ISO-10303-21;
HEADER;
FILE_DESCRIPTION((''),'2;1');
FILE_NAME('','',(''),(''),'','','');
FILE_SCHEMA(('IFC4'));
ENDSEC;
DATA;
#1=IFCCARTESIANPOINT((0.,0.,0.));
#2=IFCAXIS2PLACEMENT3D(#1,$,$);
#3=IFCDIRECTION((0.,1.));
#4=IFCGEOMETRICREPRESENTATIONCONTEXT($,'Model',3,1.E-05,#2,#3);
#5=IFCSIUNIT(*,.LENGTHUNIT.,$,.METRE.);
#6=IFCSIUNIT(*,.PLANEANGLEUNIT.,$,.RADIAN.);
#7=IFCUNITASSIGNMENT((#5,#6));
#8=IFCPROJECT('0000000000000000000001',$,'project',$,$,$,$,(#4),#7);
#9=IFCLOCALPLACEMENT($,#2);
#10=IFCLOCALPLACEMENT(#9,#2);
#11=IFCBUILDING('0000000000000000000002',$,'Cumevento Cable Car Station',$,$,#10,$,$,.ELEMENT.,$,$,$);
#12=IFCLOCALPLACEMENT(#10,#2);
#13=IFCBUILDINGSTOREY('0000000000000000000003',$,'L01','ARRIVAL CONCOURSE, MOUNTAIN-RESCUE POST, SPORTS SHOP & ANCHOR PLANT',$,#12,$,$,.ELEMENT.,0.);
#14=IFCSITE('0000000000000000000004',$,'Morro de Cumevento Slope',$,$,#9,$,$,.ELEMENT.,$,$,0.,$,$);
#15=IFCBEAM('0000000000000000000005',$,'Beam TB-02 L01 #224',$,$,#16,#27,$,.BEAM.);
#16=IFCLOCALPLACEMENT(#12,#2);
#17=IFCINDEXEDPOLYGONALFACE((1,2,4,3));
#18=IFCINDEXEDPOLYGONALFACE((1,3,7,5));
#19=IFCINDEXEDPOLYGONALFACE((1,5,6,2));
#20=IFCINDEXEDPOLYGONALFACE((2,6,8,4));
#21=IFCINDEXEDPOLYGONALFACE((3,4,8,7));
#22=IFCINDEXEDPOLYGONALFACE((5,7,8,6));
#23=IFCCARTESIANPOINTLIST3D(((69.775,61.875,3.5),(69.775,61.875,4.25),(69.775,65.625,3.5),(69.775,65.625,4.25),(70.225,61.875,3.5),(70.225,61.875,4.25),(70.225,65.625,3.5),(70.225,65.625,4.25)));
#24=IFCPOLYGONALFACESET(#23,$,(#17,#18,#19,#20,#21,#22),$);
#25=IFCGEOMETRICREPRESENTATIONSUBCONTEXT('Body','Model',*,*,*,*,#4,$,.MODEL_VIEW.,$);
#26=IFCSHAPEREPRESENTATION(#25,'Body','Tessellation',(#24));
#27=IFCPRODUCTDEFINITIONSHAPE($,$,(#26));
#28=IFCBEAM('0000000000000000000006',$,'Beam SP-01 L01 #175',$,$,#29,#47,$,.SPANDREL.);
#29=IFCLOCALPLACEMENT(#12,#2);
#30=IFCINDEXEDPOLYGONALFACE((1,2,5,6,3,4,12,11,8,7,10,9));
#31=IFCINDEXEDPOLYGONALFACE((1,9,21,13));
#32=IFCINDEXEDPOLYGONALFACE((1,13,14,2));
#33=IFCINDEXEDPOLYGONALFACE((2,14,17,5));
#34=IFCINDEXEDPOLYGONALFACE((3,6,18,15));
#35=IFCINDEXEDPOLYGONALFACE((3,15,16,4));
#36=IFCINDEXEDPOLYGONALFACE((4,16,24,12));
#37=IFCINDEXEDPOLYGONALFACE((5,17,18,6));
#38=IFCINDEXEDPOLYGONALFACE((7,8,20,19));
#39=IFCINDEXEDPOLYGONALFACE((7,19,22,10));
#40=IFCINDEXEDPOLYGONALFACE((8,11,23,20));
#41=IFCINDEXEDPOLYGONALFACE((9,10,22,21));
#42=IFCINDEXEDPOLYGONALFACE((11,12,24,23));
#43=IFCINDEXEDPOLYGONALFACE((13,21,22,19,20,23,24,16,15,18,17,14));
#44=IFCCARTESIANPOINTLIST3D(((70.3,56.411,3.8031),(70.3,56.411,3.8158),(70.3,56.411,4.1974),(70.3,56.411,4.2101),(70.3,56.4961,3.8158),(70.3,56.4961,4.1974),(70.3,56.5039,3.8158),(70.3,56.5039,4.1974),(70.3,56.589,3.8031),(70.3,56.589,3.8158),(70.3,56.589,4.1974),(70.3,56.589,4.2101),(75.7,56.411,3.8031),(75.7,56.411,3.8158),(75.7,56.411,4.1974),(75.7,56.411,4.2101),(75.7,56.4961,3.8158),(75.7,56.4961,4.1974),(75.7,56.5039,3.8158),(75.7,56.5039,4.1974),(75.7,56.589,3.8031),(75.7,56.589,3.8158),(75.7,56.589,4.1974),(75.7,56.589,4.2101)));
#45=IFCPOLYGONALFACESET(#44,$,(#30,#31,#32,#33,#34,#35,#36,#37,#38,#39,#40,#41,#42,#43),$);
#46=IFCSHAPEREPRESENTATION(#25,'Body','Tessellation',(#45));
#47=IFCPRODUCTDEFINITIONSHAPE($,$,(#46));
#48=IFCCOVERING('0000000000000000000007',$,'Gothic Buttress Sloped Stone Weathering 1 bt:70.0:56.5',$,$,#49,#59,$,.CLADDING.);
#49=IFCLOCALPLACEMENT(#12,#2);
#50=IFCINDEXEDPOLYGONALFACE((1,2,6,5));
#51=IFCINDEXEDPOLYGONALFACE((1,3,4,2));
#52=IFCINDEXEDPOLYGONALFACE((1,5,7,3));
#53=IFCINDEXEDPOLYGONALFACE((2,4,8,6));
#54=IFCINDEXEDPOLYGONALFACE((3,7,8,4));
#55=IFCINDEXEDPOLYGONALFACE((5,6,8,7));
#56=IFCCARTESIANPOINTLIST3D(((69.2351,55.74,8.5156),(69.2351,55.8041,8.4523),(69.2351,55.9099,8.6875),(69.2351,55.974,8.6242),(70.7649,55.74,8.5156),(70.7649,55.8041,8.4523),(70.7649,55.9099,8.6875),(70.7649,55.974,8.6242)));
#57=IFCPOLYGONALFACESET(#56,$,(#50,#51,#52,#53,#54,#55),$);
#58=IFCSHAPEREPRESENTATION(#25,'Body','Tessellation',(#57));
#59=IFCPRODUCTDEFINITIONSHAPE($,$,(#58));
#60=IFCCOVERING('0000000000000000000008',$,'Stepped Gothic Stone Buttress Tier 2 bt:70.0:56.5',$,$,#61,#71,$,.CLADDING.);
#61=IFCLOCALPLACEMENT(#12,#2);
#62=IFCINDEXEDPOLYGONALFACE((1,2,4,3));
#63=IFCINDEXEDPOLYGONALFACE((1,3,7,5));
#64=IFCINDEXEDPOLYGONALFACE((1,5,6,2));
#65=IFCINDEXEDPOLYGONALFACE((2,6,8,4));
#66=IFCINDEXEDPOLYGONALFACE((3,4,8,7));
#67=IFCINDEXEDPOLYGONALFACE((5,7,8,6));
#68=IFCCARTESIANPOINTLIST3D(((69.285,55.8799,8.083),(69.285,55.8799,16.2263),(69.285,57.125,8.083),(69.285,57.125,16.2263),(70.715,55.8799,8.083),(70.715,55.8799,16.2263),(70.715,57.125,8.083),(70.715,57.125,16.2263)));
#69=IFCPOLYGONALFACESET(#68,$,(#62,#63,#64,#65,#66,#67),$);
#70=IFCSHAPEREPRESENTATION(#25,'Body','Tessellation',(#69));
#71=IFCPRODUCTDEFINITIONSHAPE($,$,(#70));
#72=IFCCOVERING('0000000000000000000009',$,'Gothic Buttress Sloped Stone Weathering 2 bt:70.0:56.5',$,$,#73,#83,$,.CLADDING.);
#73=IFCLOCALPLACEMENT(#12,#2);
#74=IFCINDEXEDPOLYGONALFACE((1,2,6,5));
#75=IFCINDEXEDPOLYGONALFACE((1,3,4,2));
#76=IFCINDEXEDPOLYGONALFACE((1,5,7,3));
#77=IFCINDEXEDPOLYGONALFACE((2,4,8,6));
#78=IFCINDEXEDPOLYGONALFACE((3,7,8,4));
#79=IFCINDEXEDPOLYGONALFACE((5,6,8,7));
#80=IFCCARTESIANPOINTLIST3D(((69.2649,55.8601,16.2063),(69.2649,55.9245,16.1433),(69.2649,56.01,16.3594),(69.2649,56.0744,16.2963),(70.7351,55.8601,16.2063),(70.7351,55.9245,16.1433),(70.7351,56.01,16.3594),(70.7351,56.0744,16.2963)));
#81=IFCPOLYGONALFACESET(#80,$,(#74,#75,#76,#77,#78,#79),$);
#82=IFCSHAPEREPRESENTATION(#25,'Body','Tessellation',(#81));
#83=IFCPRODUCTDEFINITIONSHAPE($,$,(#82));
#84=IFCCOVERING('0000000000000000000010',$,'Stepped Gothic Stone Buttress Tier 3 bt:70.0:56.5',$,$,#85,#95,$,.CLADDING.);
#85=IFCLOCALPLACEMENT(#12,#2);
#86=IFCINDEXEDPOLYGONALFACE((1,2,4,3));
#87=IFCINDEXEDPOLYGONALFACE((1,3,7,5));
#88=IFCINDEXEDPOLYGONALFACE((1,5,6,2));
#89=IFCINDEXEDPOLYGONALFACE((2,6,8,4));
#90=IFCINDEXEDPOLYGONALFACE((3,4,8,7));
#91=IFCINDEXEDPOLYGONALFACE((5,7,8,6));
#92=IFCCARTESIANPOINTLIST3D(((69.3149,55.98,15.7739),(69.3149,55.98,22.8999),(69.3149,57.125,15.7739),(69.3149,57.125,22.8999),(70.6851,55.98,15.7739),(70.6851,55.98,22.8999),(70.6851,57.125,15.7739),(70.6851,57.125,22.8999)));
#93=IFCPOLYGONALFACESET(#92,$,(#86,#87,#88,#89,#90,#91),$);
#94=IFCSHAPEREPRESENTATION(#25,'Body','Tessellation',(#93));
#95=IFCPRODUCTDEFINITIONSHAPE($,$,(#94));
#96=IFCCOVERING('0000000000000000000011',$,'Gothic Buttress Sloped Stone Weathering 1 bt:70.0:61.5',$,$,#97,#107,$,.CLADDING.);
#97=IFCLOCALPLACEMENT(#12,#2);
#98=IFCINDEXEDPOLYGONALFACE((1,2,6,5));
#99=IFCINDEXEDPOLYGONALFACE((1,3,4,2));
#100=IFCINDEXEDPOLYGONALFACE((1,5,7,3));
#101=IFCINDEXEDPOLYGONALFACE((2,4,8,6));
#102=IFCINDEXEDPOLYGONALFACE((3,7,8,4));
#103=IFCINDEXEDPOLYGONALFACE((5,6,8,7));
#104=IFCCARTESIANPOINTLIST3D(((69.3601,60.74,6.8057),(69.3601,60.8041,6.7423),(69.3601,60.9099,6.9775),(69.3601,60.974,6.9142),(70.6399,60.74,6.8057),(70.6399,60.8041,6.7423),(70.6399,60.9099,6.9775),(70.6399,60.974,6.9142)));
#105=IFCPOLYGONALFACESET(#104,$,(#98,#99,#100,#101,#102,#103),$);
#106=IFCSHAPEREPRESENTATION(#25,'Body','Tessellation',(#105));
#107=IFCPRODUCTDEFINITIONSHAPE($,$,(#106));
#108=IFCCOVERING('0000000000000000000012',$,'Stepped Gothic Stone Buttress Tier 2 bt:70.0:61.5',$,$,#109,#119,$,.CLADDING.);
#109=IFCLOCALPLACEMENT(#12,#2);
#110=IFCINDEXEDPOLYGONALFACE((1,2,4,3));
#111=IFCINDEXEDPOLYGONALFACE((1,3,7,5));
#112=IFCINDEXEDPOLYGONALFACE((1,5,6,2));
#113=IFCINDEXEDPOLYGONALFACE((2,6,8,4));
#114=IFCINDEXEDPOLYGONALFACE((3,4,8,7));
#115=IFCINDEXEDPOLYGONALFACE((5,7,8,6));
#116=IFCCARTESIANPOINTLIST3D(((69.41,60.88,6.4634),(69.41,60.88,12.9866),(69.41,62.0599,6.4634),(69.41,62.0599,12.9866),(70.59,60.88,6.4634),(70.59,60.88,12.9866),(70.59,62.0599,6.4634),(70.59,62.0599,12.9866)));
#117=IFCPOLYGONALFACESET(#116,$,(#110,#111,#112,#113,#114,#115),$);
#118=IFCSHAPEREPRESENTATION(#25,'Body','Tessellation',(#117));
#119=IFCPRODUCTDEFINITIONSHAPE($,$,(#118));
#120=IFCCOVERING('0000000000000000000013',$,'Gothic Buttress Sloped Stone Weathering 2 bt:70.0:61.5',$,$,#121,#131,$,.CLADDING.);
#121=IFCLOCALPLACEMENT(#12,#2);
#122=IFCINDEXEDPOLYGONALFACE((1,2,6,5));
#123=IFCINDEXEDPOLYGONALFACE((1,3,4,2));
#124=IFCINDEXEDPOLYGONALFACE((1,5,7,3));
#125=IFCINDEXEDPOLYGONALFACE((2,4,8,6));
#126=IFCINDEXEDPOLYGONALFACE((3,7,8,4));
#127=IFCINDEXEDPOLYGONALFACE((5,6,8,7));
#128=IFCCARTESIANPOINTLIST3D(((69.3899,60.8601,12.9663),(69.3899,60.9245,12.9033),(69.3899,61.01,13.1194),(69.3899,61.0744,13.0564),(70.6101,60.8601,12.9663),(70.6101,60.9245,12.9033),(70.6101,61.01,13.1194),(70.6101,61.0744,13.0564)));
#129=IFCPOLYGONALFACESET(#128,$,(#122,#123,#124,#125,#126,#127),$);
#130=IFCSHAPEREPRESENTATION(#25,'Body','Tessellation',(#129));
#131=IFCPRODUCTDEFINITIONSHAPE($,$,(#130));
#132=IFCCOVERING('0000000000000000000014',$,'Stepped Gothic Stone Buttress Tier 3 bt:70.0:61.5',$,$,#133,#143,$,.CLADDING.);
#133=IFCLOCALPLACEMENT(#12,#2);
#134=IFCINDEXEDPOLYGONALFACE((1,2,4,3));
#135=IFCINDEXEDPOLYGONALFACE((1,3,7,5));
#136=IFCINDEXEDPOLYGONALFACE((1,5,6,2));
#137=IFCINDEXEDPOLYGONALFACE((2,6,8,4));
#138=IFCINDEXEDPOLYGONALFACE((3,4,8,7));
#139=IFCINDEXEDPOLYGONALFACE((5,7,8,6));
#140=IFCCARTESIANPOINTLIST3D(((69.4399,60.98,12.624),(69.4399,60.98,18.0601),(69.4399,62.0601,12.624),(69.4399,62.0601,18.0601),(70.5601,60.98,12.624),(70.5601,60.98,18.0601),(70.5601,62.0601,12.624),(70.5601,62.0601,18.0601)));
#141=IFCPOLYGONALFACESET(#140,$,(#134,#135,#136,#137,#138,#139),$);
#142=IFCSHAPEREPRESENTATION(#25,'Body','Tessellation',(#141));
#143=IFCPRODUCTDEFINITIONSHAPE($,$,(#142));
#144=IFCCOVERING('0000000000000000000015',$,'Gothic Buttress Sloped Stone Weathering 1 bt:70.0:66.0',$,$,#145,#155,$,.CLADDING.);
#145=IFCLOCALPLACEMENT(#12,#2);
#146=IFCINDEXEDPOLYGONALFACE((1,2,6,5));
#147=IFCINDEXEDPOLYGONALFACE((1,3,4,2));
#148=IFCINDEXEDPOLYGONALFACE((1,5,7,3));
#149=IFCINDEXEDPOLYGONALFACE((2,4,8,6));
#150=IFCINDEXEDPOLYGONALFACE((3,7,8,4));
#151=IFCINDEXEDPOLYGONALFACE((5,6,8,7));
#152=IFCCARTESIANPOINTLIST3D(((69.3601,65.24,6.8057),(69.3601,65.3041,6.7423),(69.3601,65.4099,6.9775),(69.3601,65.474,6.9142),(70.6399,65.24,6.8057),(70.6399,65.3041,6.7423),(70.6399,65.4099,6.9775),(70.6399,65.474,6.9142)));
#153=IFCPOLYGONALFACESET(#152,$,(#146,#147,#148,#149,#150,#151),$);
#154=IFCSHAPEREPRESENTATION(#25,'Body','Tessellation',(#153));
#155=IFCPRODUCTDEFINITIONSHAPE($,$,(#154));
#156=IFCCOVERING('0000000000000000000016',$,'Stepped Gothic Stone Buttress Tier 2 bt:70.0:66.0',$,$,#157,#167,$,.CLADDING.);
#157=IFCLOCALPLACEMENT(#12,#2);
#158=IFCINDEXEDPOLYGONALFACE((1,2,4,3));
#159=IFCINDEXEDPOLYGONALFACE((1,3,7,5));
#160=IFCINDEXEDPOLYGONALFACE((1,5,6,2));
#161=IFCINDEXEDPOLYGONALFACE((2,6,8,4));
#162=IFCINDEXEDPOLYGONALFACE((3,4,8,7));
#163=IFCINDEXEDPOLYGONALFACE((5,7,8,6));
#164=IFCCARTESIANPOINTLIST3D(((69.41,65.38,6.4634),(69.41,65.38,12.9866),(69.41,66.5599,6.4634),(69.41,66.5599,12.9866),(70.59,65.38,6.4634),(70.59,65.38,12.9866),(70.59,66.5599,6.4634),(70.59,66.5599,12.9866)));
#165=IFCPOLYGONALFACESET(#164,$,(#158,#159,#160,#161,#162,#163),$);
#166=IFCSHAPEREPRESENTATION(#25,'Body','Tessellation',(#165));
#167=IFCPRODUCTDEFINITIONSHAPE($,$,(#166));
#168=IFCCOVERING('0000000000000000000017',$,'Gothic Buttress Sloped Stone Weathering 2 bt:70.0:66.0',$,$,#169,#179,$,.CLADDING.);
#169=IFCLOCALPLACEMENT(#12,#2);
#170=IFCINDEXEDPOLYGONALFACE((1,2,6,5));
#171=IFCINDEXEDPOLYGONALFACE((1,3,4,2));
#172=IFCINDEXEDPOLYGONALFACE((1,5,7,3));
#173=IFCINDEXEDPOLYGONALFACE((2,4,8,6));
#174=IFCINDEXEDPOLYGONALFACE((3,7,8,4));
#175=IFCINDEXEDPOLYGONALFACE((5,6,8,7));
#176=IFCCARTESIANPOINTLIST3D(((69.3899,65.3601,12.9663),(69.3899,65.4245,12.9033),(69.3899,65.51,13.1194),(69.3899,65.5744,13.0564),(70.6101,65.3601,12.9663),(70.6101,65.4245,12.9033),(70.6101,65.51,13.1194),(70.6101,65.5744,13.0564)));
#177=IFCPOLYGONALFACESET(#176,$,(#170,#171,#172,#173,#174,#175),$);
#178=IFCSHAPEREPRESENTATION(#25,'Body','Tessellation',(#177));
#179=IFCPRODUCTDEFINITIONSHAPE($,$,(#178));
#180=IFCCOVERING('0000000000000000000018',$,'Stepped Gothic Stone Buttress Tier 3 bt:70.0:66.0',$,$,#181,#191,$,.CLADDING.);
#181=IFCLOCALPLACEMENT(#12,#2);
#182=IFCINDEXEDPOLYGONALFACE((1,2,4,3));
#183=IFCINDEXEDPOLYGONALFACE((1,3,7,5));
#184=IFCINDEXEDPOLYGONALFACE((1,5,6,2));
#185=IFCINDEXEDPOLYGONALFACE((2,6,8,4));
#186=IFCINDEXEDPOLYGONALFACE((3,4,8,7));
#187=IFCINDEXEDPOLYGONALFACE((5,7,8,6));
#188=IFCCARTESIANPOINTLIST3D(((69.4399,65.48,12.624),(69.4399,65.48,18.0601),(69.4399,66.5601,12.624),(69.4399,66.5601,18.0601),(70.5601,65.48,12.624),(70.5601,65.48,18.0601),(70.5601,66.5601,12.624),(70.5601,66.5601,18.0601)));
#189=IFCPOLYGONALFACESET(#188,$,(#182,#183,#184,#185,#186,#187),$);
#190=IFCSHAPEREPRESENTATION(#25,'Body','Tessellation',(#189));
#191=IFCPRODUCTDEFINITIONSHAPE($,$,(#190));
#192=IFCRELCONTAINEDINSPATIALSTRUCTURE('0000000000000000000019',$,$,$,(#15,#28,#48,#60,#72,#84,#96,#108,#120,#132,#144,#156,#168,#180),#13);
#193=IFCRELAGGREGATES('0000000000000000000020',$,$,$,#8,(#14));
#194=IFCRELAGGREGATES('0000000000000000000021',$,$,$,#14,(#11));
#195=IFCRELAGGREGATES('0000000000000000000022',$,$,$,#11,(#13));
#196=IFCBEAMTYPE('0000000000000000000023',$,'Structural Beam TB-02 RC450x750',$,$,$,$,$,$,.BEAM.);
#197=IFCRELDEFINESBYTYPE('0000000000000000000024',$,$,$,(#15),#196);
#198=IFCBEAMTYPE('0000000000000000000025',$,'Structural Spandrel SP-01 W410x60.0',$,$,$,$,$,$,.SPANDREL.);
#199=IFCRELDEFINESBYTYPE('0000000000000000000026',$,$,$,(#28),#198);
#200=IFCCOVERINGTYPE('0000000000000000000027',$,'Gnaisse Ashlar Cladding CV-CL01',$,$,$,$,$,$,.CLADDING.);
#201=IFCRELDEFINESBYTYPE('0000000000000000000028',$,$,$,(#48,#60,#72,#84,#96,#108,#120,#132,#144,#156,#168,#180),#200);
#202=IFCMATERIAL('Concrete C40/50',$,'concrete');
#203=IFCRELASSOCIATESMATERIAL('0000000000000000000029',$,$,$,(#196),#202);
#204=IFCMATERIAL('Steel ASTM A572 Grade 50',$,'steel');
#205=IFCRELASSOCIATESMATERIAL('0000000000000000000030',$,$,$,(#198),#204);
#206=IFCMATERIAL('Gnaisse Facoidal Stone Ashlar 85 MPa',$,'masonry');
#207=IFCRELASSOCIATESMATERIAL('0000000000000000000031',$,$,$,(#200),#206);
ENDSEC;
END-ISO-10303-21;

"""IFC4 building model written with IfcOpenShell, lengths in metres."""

from ifc_helpers import new_model, si_unit, direction, frame, origin, origin_2d, place, context, subcontext, project, spatial, polyline, rectangle, i_section, outline, extrude, material, material_profile, profile_set, type_object, element, save


model = new_model("IFC4")

# Units and contexts
model_context = context("Model", 3, precision=1e-05, world=origin(), true_north=direction((0.0, 1.0)))
body_context = subcontext(model_context, "Body", "Model", "MODEL_VIEW")
ifc_project = project(units=[si_unit("LENGTHUNIT", "METRE"), si_unit("PLANEANGLEUNIT", "RADIAN")], contexts=[model_context])

# Site, building, storey
site_placement = place(None, origin())
site = spatial("IfcSite", under=ifc_project, at=site_placement, Name="Morro de Cumevento Slope", CompositionType="ELEMENT", RefElevation=0.0)
building_placement = place(site_placement, origin())
building = spatial("IfcBuilding", under=site, at=building_placement, Name="Cumevento Cable Car Station", CompositionType="ELEMENT")
storey_placement = place(building_placement, origin())
storey = spatial("IfcBuildingStorey", under=building, at=storey_placement, Name="L01", Description="ARRIVAL CONCOURSE, MOUNTAIN-RESCUE POST, SPORTS SHOP & ANCHOR PLANT", CompositionType="ELEMENT", Elevation=0.0)

# Beams
ifc_material_1 = material(Name="Concrete C40/50", Category="concrete")
ifc_material_profile_1 = material_profile(ifc_material_1, rectangle(XDim=0.45, YDim=0.75, at=origin_2d()), Name="RC450x750")
ifc_profile_set_1 = profile_set([ifc_material_profile_1], Name="Concrete C40/50")
beam_type_1 = type_object("IfcBeamType", Name="Structural Beam TB-02 RC450x750", PredefinedType="BEAM", material=ifc_profile_set_1)
beam_1_placement = place(storey_placement, frame((70.0, 61.875, 3.875), z_axis=(0.0, 1.0, 0.0), x_axis=(-1.0, 0.0, 0.0)))
element("IfcBeam", 1, at=beam_1_placement, inside=storey, type_object=beam_type_1, Name="Beam TB-02 L01 #224", PredefinedType="BEAM", context=body_context, shape_type="SweptSolid", body=[
    extrude(rectangle(XDim=0.45, YDim=0.75, at=origin_2d()), origin(), (0.0, 0.0, 1.0), 3.75),
])
ifc_material_2 = material(Name="Steel ASTM A572 Grade 50", Category="steel")
ifc_material_profile_2 = material_profile(ifc_material_2, i_section(OverallWidth=0.178, OverallDepth=0.407, WebThickness=0.0078, FlangeThickness=0.0127, at=origin_2d()), Name="W410x60.0")
ifc_profile_set_2 = profile_set([ifc_material_profile_2], Name="Steel ASTM A572 Grade 50")
beam_type_2 = type_object("IfcBeamType", Name="Structural Spandrel SP-01 W410x60.0", PredefinedType="SPANDREL", material=ifc_profile_set_2)
beam_2_placement = place(storey_placement, frame((70.3, 56.5, 4.0066), z_axis=(1.0, 0.0, 0.0), x_axis=(0.0, 1.0, 0.0)))
element("IfcBeam", 2, at=beam_2_placement, inside=storey, type_object=beam_type_2, Name="Beam SP-01 L01 #175", PredefinedType="SPANDREL", context=body_context, shape_type="SweptSolid", body=[
    extrude(i_section(OverallWidth=0.178, OverallDepth=0.407, WebThickness=0.0078, FlangeThickness=0.0127, at=origin_2d()), origin(), (0.0, 0.0, 1.0), 5.3999),
])

# Coverings
ifc_material_3 = material(Name="Gnaisse Facoidal Stone Ashlar 85 MPa", Category="masonry")
covering_type = type_object("IfcCoveringType", Name="Gnaisse Ashlar Cladding CV-CL01", PredefinedType="CLADDING", material=ifc_material_3)
covering_1_placement = place(storey_placement, frame((69.2351, 55.74, 8.5156), z_axis=(0.0, -0.711136, 0.703055), x_axis=(1.0, 0.0, 0.0)))
element("IfcCovering", 3, at=covering_1_placement, inside=storey, type_object=covering_type, Name="Gothic Buttress Sloped Stone Weathering 1 bt:70.0:56.5", PredefinedType="CLADDING", context=body_context, shape_type="SweptSolid", body=[
    extrude(outline(polyline([(0.0, 0.0), (1.5298, 0.0), (1.5298, 0.2417), (0.0, 0.2417), (0.0, 0.0)])), origin(), (0.0, 0.0, -1.0), 0.0901),
])
covering_2_placement = place(storey_placement, frame((70.0, 56.5024, 8.083), z_axis=(0.0, 0.0, 1.0), x_axis=(1.0, 0.0, 0.0)))
element("IfcCovering", 4, at=covering_2_placement, inside=storey, type_object=covering_type, Name="Stepped Gothic Stone Buttress Tier 2 bt:70.0:56.5", PredefinedType="CLADDING", context=body_context, shape_type="SweptSolid", body=[
    extrude(rectangle(XDim=1.4299, YDim=1.2451, at=origin_2d()), origin(), (0.0, 0.0, 1.0), 8.1433),
])
covering_3_placement = place(storey_placement, frame((69.2649, 55.8601, 16.2063), z_axis=(0.0, -0.714475, 0.699661), x_axis=(1.0, 0.0, 0.0)))
element("IfcCovering", 5, at=covering_3_placement, inside=storey, type_object=covering_type, Name="Gothic Buttress Sloped Stone Weathering 2 bt:70.0:56.5", PredefinedType="CLADDING", context=body_context, shape_type="SweptSolid", body=[
    extrude(outline(polyline([(0.0, 0.0), (1.4702, 0.0), (1.4702, 0.2142), (0.0, 0.2142), (0.0, 0.0)])), origin(), (0.0, 0.0, -1.0), 0.0901),
])
covering_4_placement = place(storey_placement, frame((70.0, 56.5525, 15.7739), z_axis=(0.0, 0.0, 1.0), x_axis=(1.0, 0.0, 0.0)))
element("IfcCovering", 6, at=covering_4_placement, inside=storey, type_object=covering_type, Name="Stepped Gothic Stone Buttress Tier 3 bt:70.0:56.5", PredefinedType="CLADDING", context=body_context, shape_type="SweptSolid", body=[
    extrude(rectangle(XDim=1.3701, YDim=1.145, at=origin_2d()), origin(), (0.0, 0.0, 1.0), 7.126),
])
covering_5_placement = place(storey_placement, frame((69.3601, 60.74, 6.8057), z_axis=(0.0, -0.711136, 0.703055), x_axis=(1.0, 0.0, 0.0)))
element("IfcCovering", 7, at=covering_5_placement, inside=storey, type_object=covering_type, Name="Gothic Buttress Sloped Stone Weathering 1 bt:70.0:61.5", PredefinedType="CLADDING", context=body_context, shape_type="SweptSolid", body=[
    extrude(outline(polyline([(0.0, 0.0), (1.2798, 0.0), (1.2798, 0.2417), (0.0, 0.2417), (0.0, 0.0)])), origin(), (0.0, 0.0, -1.0), 0.0901),
])
covering_6_placement = place(storey_placement, frame((70.0, 61.47, 6.4634), z_axis=(0.0, 0.0, 1.0), x_axis=(1.0, 0.0, 0.0)))
element("IfcCovering", 8, at=covering_6_placement, inside=storey, type_object=covering_type, Name="Stepped Gothic Stone Buttress Tier 2 bt:70.0:61.5", PredefinedType="CLADDING", context=body_context, shape_type="SweptSolid", body=[
    extrude(rectangle(XDim=1.1799, YDim=1.1799, at=origin_2d()), origin(), (0.0, 0.0, 1.0), 6.5232),
])
covering_7_placement = place(storey_placement, frame((69.3899, 60.8601, 12.9663), z_axis=(0.0, -0.714475, 0.699661), x_axis=(1.0, 0.0, 0.0)))
element("IfcCovering", 9, at=covering_7_placement, inside=storey, type_object=covering_type, Name="Gothic Buttress Sloped Stone Weathering 2 bt:70.0:61.5", PredefinedType="CLADDING", context=body_context, shape_type="SweptSolid", body=[
    extrude(outline(polyline([(0.0, 0.0), (1.2202, 0.0), (1.2202, 0.2142), (0.0, 0.2142), (0.0, 0.0)])), origin(), (0.0, 0.0, -1.0), 0.0901),
])
covering_8_placement = place(storey_placement, frame((70.0, 61.52, 12.624), z_axis=(0.0, 0.0, 1.0), x_axis=(1.0, 0.0, 0.0)))
element("IfcCovering", 10, at=covering_8_placement, inside=storey, type_object=covering_type, Name="Stepped Gothic Stone Buttress Tier 3 bt:70.0:61.5", PredefinedType="CLADDING", context=body_context, shape_type="SweptSolid", body=[
    extrude(rectangle(XDim=1.1201, YDim=1.0801, at=origin_2d()), origin(), (0.0, 0.0, 1.0), 5.436),
])
covering_9_placement = place(storey_placement, frame((69.3601, 65.24, 6.8057), z_axis=(0.0, -0.711136, 0.703055), x_axis=(1.0, 0.0, 0.0)))
element("IfcCovering", 11, at=covering_9_placement, inside=storey, type_object=covering_type, Name="Gothic Buttress Sloped Stone Weathering 1 bt:70.0:66.0", PredefinedType="CLADDING", context=body_context, shape_type="SweptSolid", body=[
    extrude(outline(polyline([(0.0, 0.0), (1.2798, 0.0), (1.2798, 0.2417), (0.0, 0.2417), (0.0, 0.0)])), origin(), (0.0, 0.0, -1.0), 0.0901),
])
covering_10_placement = place(storey_placement, frame((70.0, 65.97, 6.4634), z_axis=(0.0, 0.0, 1.0), x_axis=(1.0, 0.0, 0.0)))
element("IfcCovering", 12, at=covering_10_placement, inside=storey, type_object=covering_type, Name="Stepped Gothic Stone Buttress Tier 2 bt:70.0:66.0", PredefinedType="CLADDING", context=body_context, shape_type="SweptSolid", body=[
    extrude(rectangle(XDim=1.1799, YDim=1.1799, at=origin_2d()), origin(), (0.0, 0.0, 1.0), 6.5232),
])
covering_11_placement = place(storey_placement, frame((69.3899, 65.3601, 12.9663), z_axis=(0.0, -0.714475, 0.699661), x_axis=(1.0, 0.0, 0.0)))
element("IfcCovering", 13, at=covering_11_placement, inside=storey, type_object=covering_type, Name="Gothic Buttress Sloped Stone Weathering 2 bt:70.0:66.0", PredefinedType="CLADDING", context=body_context, shape_type="SweptSolid", body=[
    extrude(outline(polyline([(0.0, 0.0), (1.2202, 0.0), (1.2202, 0.2142), (0.0, 0.2142), (0.0, 0.0)])), origin(), (0.0, 0.0, -1.0), 0.0901),
])
covering_12_placement = place(storey_placement, frame((70.0, 66.02, 12.624), z_axis=(0.0, 0.0, 1.0), x_axis=(1.0, 0.0, 0.0)))
element("IfcCovering", 14, at=covering_12_placement, inside=storey, type_object=covering_type, Name="Stepped Gothic Stone Buttress Tier 3 bt:70.0:66.0", PredefinedType="CLADDING", context=body_context, shape_type="SweptSolid", body=[
    extrude(rectangle(XDim=1.1201, YDim=1.0801, at=origin_2d()), origin(), (0.0, 0.0, 1.0), 5.436),
])

save(model, "model.ifc")
